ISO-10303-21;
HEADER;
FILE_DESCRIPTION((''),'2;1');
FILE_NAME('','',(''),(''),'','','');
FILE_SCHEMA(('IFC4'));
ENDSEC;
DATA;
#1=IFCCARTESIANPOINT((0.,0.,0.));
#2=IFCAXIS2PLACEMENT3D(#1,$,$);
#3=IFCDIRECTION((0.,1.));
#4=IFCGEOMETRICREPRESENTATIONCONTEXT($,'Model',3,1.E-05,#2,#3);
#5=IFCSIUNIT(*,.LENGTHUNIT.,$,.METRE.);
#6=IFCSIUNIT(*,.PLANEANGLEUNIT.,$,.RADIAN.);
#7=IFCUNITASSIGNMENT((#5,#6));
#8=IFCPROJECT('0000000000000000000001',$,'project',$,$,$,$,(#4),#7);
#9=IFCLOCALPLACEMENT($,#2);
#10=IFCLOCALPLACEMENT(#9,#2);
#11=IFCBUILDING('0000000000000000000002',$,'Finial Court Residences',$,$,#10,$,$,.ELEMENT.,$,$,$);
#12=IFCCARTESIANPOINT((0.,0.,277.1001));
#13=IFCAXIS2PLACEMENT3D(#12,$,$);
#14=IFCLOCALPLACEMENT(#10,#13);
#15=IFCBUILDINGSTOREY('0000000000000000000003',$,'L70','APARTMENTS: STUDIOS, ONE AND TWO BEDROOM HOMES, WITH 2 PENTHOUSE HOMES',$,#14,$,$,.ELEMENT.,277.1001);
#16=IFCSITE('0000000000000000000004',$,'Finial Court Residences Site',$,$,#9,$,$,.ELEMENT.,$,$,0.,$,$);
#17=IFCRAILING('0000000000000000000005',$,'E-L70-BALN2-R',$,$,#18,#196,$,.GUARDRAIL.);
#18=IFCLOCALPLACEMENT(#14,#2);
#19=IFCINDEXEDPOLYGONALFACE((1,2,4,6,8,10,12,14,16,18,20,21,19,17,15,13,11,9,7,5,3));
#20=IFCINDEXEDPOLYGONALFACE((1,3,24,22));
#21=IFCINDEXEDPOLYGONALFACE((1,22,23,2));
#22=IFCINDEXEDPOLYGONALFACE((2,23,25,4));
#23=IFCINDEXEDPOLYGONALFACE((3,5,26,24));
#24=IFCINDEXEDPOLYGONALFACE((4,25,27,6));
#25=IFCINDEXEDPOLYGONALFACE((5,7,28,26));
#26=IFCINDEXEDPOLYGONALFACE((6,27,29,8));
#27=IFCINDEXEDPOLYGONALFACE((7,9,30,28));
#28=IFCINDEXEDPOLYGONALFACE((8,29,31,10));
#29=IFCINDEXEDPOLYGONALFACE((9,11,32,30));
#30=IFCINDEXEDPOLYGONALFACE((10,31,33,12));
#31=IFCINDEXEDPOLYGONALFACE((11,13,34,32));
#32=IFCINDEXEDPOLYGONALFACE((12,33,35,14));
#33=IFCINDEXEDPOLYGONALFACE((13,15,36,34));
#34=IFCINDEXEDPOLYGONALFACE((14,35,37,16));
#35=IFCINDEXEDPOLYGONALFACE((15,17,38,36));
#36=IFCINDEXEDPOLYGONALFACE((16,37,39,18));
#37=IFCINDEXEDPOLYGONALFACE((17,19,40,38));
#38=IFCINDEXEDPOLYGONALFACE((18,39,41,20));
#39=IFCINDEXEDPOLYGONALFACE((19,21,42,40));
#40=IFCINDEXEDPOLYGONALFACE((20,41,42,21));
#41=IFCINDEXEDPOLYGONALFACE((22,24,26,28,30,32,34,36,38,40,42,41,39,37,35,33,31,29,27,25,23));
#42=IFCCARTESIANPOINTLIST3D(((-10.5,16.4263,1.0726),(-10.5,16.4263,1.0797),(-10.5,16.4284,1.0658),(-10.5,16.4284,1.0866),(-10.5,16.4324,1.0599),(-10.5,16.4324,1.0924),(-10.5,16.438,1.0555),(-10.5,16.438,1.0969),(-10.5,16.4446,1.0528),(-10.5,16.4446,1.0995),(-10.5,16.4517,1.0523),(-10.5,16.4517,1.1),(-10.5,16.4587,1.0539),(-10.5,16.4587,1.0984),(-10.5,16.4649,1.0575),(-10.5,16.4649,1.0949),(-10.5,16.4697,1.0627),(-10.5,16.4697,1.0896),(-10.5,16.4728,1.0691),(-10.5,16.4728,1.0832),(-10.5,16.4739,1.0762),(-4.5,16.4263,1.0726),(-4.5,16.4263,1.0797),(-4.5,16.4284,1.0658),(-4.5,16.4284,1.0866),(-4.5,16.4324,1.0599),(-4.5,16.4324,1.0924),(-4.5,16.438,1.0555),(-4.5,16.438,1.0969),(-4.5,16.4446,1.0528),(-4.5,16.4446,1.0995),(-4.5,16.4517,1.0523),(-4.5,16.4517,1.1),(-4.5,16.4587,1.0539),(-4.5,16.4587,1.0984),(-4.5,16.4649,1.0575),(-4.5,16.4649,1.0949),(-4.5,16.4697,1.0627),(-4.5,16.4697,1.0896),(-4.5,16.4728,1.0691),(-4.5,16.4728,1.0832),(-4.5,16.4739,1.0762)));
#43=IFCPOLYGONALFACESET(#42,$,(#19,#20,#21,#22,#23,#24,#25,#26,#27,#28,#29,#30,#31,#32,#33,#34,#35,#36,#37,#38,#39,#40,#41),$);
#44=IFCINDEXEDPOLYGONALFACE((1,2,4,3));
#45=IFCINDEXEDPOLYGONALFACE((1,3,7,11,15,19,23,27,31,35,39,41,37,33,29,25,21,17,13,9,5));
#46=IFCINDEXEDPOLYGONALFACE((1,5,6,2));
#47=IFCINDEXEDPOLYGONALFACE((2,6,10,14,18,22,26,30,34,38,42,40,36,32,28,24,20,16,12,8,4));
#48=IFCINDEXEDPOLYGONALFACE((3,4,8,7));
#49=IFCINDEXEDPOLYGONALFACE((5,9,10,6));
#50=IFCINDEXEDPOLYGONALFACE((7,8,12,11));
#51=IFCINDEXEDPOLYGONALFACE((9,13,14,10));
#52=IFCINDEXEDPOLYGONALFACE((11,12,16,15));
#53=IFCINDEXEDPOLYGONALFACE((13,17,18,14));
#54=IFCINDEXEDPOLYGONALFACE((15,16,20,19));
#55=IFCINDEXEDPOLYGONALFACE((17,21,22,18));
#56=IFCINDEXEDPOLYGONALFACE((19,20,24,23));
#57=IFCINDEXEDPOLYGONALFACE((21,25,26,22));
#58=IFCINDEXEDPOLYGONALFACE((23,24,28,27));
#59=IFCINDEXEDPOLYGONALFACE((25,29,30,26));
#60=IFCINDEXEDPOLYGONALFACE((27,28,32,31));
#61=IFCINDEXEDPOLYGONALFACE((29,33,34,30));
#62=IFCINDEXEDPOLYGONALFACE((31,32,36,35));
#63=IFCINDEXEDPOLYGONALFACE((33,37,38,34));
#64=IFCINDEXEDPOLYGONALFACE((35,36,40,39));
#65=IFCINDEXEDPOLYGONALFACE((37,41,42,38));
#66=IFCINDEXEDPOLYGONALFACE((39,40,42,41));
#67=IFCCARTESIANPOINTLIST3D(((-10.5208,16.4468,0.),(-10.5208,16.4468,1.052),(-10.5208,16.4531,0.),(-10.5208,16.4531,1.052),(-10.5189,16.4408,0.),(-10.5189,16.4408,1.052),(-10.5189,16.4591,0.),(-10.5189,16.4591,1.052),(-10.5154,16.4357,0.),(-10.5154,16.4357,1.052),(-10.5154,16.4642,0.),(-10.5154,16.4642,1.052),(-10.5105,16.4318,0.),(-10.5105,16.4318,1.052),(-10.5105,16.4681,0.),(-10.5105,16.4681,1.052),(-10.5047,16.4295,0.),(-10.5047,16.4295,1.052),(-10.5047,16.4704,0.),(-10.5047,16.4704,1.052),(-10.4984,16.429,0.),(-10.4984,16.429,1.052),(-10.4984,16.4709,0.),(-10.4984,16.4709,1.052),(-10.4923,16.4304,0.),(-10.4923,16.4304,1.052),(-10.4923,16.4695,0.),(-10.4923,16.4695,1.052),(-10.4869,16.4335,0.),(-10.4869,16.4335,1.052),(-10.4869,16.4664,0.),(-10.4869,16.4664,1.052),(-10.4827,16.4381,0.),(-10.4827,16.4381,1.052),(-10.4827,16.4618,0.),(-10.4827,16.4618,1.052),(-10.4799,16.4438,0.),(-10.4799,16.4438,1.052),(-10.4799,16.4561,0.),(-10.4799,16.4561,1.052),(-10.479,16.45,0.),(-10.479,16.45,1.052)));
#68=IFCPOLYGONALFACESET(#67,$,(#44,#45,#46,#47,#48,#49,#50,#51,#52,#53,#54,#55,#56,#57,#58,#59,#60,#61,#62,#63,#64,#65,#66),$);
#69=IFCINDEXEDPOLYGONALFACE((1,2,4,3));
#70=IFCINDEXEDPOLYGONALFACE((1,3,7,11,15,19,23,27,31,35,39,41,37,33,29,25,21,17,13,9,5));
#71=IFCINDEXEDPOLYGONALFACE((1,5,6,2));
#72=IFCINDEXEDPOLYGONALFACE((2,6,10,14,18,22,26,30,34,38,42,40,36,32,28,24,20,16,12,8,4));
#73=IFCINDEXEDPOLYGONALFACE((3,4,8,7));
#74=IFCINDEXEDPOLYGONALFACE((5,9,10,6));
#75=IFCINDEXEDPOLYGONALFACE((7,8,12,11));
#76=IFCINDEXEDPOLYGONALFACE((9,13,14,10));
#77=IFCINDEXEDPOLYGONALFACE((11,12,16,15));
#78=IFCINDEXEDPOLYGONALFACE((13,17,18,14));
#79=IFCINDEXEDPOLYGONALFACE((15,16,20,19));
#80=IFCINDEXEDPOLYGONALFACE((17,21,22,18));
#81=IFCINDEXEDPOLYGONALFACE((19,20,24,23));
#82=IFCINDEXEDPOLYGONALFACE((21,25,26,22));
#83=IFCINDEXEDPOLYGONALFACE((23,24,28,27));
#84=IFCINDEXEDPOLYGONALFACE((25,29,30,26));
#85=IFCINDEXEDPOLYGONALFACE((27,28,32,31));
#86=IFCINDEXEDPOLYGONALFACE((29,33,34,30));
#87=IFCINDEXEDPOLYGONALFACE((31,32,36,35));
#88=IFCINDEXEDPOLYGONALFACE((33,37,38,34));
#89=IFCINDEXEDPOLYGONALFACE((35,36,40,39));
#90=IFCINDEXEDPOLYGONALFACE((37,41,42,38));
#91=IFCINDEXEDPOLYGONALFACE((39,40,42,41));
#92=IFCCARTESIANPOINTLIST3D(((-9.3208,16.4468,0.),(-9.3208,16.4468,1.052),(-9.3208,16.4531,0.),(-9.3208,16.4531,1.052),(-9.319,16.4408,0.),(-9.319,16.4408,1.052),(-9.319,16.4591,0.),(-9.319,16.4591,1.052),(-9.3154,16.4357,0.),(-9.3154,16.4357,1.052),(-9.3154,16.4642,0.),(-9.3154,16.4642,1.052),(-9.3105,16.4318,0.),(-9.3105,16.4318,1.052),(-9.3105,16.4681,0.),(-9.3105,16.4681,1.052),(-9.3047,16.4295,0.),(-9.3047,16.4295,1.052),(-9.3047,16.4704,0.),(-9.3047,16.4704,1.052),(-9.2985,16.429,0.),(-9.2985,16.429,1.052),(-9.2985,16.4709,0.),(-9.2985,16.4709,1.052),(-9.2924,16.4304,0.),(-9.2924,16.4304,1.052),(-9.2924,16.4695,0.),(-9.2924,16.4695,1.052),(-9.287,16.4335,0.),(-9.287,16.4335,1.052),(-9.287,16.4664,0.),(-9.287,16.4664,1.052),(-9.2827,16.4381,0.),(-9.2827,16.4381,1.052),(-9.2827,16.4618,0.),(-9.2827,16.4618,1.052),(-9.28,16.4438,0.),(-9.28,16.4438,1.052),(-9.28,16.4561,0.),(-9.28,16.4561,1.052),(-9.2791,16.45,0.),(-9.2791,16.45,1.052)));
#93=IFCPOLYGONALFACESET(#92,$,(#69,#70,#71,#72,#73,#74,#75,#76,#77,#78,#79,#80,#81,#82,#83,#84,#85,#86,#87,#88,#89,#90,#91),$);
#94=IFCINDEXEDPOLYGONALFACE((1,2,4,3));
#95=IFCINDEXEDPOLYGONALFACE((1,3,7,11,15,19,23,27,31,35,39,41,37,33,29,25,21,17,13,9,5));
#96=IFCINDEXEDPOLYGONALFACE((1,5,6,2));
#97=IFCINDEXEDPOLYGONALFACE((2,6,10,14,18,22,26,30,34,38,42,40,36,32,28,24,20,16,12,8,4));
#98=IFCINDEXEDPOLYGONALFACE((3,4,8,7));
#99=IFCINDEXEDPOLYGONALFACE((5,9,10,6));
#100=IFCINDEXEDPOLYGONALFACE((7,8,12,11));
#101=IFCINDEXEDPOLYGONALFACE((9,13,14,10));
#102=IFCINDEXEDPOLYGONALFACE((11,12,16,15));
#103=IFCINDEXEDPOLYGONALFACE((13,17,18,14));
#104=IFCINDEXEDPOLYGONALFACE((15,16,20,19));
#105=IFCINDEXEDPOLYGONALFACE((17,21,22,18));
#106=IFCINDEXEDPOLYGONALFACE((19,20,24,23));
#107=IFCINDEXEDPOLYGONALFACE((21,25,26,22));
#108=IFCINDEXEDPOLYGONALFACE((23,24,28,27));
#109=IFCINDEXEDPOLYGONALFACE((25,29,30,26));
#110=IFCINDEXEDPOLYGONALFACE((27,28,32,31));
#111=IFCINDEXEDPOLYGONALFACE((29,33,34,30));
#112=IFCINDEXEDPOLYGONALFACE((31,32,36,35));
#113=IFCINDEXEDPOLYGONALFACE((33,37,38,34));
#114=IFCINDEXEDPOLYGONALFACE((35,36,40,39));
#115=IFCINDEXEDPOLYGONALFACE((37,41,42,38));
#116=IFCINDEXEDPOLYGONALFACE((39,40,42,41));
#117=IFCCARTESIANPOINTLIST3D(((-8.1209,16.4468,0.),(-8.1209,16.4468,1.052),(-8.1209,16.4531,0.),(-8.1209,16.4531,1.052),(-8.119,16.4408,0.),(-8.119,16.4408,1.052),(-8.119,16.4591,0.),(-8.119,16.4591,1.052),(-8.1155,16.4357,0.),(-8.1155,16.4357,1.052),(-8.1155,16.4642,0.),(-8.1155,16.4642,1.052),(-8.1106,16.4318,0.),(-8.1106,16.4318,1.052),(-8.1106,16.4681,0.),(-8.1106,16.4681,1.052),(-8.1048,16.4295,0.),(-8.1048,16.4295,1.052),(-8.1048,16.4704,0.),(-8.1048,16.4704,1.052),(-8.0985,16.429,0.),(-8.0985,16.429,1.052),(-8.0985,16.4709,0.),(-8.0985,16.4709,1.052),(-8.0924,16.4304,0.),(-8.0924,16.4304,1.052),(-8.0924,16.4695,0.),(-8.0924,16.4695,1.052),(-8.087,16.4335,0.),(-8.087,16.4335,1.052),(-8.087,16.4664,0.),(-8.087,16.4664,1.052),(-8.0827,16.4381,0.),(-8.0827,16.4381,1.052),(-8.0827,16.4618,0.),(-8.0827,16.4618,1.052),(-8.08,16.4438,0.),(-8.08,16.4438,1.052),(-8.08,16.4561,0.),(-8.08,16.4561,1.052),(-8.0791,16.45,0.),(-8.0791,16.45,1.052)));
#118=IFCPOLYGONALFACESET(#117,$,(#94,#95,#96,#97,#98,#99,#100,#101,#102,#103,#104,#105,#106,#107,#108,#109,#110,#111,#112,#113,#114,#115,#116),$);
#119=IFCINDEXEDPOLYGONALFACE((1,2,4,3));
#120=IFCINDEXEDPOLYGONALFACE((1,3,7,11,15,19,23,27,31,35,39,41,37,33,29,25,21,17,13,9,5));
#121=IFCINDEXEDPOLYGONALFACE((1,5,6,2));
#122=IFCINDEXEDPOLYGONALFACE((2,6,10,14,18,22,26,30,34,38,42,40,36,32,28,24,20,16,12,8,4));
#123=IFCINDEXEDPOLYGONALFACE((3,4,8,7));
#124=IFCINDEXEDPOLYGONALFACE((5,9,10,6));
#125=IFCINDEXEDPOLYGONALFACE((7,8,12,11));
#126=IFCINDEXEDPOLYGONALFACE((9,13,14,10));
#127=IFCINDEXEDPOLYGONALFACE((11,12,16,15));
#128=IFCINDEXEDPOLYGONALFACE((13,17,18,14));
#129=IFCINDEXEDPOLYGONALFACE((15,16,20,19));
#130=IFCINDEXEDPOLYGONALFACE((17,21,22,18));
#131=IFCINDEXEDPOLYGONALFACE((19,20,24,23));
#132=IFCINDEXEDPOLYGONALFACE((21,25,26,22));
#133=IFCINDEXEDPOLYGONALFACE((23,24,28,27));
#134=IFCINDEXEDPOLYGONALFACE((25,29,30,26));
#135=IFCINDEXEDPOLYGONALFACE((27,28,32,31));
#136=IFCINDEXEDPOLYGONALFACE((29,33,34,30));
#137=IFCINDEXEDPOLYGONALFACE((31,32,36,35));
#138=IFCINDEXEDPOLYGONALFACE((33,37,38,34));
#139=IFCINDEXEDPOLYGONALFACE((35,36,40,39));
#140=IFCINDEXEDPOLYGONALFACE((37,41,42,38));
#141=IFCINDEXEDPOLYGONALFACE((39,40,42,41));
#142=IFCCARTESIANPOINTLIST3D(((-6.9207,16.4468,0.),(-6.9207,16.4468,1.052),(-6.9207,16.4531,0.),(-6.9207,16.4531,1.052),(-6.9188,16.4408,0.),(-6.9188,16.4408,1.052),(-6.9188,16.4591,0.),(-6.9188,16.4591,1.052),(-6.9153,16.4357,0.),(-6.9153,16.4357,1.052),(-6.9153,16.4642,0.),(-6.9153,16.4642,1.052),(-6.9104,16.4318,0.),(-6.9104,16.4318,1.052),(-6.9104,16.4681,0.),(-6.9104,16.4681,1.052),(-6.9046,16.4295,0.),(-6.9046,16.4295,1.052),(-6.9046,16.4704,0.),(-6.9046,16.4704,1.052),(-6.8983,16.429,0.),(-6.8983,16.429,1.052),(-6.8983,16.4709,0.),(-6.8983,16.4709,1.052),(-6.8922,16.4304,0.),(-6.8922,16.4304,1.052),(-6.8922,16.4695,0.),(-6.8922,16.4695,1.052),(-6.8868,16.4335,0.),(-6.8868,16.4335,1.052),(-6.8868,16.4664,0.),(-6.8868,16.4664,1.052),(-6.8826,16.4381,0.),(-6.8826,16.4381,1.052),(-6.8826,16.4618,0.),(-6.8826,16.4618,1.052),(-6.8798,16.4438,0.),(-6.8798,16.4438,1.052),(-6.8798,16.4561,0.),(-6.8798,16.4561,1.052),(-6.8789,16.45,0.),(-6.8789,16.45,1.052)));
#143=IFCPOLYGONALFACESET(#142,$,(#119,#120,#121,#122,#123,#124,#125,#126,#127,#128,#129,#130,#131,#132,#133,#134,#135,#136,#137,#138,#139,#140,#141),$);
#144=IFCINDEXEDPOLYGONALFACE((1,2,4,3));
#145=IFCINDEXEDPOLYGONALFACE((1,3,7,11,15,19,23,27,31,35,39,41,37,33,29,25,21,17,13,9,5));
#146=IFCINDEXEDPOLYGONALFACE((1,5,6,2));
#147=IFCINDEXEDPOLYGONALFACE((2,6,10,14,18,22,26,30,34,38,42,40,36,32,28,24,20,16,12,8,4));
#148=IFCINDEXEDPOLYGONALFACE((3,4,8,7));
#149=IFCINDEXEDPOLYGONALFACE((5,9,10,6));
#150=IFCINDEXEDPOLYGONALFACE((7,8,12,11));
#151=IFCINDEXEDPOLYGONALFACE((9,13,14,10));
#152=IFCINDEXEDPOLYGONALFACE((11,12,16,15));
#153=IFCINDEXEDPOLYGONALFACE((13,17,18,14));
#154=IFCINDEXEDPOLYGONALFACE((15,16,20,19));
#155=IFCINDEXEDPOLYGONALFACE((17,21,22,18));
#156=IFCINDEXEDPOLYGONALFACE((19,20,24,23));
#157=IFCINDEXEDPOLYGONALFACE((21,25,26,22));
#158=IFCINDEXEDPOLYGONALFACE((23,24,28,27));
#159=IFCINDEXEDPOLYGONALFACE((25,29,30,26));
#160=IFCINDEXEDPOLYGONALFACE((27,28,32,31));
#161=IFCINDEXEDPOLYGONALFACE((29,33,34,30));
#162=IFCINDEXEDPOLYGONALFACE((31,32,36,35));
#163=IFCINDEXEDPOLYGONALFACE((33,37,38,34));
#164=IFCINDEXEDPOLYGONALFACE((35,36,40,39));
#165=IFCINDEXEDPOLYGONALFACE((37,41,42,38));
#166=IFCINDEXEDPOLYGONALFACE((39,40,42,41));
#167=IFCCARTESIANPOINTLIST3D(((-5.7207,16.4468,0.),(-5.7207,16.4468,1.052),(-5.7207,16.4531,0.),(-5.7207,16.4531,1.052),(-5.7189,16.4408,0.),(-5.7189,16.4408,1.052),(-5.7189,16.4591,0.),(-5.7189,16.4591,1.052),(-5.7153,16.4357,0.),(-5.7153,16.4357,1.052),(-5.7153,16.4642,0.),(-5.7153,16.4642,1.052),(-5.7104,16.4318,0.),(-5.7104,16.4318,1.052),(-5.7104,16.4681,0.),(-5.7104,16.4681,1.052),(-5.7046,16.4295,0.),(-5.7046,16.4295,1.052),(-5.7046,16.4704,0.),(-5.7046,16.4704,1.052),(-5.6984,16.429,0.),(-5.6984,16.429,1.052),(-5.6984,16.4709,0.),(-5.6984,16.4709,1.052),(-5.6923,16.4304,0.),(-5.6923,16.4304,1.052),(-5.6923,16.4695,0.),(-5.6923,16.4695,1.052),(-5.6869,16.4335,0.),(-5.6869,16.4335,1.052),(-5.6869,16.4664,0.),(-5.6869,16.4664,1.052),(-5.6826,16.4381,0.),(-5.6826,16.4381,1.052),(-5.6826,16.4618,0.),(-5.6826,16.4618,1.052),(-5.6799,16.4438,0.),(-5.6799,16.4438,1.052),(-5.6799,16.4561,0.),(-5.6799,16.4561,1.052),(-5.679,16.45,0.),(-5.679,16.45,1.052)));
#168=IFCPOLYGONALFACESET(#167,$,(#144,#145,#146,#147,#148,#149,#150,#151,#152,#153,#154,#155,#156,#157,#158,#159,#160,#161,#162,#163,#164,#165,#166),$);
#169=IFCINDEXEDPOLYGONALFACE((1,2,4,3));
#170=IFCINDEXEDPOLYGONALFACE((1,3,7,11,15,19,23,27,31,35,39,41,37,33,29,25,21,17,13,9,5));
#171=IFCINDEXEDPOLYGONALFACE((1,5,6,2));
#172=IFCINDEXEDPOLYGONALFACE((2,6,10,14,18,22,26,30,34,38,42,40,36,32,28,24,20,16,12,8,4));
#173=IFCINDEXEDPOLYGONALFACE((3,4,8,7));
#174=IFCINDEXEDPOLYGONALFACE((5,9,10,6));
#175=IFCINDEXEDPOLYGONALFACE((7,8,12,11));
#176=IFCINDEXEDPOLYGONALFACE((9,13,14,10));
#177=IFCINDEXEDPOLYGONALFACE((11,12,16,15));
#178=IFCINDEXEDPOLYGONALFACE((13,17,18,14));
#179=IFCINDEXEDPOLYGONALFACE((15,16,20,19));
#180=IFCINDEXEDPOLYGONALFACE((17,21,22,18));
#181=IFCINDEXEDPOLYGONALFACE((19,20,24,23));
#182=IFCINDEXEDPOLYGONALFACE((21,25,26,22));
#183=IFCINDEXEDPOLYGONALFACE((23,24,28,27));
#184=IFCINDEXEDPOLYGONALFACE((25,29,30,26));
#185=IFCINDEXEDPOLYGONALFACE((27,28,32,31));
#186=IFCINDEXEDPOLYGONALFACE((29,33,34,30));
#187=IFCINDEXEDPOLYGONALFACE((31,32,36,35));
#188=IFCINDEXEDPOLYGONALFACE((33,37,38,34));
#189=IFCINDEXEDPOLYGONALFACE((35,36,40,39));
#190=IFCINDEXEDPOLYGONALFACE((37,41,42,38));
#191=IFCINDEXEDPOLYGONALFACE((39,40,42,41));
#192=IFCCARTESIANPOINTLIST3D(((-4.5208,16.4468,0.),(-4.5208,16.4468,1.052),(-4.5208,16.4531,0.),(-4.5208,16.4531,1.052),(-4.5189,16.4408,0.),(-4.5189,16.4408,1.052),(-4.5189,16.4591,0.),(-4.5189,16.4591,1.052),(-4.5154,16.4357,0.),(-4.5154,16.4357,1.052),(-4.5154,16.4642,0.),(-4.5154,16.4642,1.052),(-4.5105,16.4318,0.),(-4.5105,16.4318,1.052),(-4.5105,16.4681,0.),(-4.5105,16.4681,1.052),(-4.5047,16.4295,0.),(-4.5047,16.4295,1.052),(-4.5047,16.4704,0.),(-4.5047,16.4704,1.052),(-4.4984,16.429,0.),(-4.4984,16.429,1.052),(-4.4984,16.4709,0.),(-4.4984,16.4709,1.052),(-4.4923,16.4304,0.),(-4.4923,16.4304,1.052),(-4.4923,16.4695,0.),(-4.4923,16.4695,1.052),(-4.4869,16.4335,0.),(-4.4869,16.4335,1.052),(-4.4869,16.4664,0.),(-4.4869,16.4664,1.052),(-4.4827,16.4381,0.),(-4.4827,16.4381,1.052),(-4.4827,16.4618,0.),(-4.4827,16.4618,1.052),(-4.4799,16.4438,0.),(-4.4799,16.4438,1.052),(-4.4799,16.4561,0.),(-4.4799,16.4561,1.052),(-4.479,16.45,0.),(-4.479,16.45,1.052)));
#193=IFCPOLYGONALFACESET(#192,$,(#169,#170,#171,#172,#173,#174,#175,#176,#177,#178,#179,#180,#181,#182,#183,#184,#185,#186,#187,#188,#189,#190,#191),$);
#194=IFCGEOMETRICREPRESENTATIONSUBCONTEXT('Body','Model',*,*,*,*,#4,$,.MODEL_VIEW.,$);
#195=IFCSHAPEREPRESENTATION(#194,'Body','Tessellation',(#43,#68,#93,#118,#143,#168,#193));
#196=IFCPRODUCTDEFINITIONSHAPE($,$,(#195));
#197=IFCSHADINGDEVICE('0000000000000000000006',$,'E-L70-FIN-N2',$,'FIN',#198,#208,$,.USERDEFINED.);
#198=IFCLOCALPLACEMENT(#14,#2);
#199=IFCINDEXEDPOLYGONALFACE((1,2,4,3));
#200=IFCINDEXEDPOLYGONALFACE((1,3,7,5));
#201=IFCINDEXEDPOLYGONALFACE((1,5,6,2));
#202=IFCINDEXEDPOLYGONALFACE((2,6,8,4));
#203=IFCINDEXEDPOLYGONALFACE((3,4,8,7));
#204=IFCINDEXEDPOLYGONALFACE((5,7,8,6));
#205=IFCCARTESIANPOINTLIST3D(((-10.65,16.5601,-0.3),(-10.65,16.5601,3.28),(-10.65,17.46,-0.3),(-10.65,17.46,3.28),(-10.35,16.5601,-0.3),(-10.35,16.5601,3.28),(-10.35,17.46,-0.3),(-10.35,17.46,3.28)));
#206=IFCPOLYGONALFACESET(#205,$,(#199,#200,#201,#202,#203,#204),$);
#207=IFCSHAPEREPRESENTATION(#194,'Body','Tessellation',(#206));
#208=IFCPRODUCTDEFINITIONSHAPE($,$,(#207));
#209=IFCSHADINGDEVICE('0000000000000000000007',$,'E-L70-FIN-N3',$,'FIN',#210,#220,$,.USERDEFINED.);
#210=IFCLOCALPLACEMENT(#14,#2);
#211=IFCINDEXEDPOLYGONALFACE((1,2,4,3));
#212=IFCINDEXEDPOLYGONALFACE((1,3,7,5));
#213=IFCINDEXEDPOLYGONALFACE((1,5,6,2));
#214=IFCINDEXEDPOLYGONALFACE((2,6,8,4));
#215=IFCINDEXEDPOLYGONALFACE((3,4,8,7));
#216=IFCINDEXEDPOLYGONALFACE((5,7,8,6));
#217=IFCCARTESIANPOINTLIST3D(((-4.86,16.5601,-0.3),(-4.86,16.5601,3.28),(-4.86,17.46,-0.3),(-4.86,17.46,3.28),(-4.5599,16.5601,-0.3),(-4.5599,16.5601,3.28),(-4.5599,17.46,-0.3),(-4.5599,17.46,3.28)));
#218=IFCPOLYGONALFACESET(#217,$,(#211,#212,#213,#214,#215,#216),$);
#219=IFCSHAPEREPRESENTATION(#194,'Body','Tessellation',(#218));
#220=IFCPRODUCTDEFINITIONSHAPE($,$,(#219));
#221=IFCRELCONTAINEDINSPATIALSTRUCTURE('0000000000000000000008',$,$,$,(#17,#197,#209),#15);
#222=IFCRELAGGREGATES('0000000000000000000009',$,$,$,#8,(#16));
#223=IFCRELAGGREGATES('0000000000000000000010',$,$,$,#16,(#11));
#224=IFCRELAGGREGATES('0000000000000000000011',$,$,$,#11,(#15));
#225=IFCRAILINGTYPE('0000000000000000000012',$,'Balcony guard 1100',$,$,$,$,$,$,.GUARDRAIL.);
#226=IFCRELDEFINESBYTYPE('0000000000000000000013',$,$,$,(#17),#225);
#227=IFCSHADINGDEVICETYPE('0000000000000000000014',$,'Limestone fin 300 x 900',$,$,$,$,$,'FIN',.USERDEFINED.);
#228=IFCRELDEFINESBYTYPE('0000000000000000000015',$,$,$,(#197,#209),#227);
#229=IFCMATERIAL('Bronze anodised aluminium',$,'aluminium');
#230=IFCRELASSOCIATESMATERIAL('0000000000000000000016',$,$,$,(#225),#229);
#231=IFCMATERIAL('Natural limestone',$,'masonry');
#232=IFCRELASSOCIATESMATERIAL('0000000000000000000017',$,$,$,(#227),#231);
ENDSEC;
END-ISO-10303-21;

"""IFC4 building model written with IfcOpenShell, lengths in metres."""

from ifc_helpers import new_model, si_unit, direction, frame, origin, origin_2d, place, context, subcontext, project, spatial, rectangle, circle, extrude, material, type_object, element, save


model = new_model("IFC4")

# Units and contexts
model_context = context("Model", 3, precision=1e-05, world=origin(), true_north=direction((0.0, 1.0)))
body_context = subcontext(model_context, "Body", "Model", "MODEL_VIEW")
ifc_project = project(units=[si_unit("LENGTHUNIT", "METRE"), si_unit("PLANEANGLEUNIT", "RADIAN")], contexts=[model_context])

# Site, building, storey
site_placement = place(None, origin())
site = spatial("IfcSite", under=ifc_project, at=site_placement, Name="Finial Court Residences Site", CompositionType="ELEMENT", RefElevation=0.0)
building_placement = place(site_placement, origin())
building = spatial("IfcBuilding", under=site, at=building_placement, Name="Finial Court Residences", CompositionType="ELEMENT")
storey_placement = place(building_placement, frame((0.0, 0.0, 277.1001)))
storey = spatial("IfcBuildingStorey", under=building, at=storey_placement, Name="L70", Description="APARTMENTS: STUDIOS, ONE AND TWO BEDROOM HOMES, WITH 2 PENTHOUSE HOMES", CompositionType="ELEMENT", Elevation=277.1001)

# Shared definitions
ifc_material_1 = material(Name="Bronze anodised aluminium", Category="aluminium")

# Shared definitions
ifc_material_2 = material(Name="Natural limestone", Category="masonry")

# Railing
railing_type = type_object("IfcRailingType", Name="Balcony guard 1100", PredefinedType="GUARDRAIL", material=ifc_material_1)
railing_placement = place(storey_placement, frame((-10.5, 16.45, 0.0)))
element("IfcRailing", 1, at=railing_placement, inside=storey, type_object=railing_type, Name="E-L70-BALN2-R", PredefinedType="GUARDRAIL", context=body_context, shape_type="SweptSolid", body=[
    extrude(circle(Radius=0.0239, at=origin_2d()), frame((0.0, 0.0, 1.0762), z_axis=(1.0, 0.0, 0.0), x_axis=(0.0, 1.0, 0.0)), (0.0, 0.0, 1.0), 6.0),
    extrude(circle(Radius=0.021, at=origin_2d()), origin(), (0.0, 0.0, 1.0), 1.052),
    extrude(circle(Radius=0.021, at=origin_2d()), frame((1.2, 0.0, 0.0)), (0.0, 0.0, 1.0), 1.052),
    extrude(circle(Radius=0.021, at=origin_2d()), frame((2.3999, 0.0, 0.0)), (0.0, 0.0, 1.0), 1.052),
    extrude(circle(Radius=0.021, at=origin_2d()), frame((3.6001, 0.0, 0.0)), (0.0, 0.0, 1.0), 1.052),
    extrude(circle(Radius=0.021, at=origin_2d()), frame((4.8, 0.0, 0.0)), (0.0, 0.0, 1.0), 1.052),
    extrude(circle(Radius=0.021, at=origin_2d()), frame((6.0, 0.0, 0.0)), (0.0, 0.0, 1.0), 1.052),
])

# Shading devices
shading_device_type = type_object("IfcShadingDeviceType", Name="Limestone fin 300 x 900", ElementType="FIN", PredefinedType="USERDEFINED", material=ifc_material_2)
for number, where, z_axis, x_axis, name in (
    (2, (-10.5, 17.01, -0.3), (0.0, 0.0, 1.0), (1.0, 0.0, 0.0), "E-L70-FIN-N2"),
    (3, (-4.71, 17.01, -0.3), (0.0, 0.0, 1.0), (1.0, 0.0, 0.0), "E-L70-FIN-N3"),
):
    element("IfcShadingDevice", number, at=place(storey_placement, frame(where, z_axis=z_axis, x_axis=x_axis)), inside=storey, type_object=shading_device_type, Name=name, ObjectType="FIN", PredefinedType="USERDEFINED", context=body_context, shape_type="SweptSolid", body=[
        extrude(rectangle(XDim=0.3, YDim=0.8999, at=origin_2d()), origin(), (0.0, 0.0, 1.0), 3.5801),
    ])

save(model, "model.ifc")
